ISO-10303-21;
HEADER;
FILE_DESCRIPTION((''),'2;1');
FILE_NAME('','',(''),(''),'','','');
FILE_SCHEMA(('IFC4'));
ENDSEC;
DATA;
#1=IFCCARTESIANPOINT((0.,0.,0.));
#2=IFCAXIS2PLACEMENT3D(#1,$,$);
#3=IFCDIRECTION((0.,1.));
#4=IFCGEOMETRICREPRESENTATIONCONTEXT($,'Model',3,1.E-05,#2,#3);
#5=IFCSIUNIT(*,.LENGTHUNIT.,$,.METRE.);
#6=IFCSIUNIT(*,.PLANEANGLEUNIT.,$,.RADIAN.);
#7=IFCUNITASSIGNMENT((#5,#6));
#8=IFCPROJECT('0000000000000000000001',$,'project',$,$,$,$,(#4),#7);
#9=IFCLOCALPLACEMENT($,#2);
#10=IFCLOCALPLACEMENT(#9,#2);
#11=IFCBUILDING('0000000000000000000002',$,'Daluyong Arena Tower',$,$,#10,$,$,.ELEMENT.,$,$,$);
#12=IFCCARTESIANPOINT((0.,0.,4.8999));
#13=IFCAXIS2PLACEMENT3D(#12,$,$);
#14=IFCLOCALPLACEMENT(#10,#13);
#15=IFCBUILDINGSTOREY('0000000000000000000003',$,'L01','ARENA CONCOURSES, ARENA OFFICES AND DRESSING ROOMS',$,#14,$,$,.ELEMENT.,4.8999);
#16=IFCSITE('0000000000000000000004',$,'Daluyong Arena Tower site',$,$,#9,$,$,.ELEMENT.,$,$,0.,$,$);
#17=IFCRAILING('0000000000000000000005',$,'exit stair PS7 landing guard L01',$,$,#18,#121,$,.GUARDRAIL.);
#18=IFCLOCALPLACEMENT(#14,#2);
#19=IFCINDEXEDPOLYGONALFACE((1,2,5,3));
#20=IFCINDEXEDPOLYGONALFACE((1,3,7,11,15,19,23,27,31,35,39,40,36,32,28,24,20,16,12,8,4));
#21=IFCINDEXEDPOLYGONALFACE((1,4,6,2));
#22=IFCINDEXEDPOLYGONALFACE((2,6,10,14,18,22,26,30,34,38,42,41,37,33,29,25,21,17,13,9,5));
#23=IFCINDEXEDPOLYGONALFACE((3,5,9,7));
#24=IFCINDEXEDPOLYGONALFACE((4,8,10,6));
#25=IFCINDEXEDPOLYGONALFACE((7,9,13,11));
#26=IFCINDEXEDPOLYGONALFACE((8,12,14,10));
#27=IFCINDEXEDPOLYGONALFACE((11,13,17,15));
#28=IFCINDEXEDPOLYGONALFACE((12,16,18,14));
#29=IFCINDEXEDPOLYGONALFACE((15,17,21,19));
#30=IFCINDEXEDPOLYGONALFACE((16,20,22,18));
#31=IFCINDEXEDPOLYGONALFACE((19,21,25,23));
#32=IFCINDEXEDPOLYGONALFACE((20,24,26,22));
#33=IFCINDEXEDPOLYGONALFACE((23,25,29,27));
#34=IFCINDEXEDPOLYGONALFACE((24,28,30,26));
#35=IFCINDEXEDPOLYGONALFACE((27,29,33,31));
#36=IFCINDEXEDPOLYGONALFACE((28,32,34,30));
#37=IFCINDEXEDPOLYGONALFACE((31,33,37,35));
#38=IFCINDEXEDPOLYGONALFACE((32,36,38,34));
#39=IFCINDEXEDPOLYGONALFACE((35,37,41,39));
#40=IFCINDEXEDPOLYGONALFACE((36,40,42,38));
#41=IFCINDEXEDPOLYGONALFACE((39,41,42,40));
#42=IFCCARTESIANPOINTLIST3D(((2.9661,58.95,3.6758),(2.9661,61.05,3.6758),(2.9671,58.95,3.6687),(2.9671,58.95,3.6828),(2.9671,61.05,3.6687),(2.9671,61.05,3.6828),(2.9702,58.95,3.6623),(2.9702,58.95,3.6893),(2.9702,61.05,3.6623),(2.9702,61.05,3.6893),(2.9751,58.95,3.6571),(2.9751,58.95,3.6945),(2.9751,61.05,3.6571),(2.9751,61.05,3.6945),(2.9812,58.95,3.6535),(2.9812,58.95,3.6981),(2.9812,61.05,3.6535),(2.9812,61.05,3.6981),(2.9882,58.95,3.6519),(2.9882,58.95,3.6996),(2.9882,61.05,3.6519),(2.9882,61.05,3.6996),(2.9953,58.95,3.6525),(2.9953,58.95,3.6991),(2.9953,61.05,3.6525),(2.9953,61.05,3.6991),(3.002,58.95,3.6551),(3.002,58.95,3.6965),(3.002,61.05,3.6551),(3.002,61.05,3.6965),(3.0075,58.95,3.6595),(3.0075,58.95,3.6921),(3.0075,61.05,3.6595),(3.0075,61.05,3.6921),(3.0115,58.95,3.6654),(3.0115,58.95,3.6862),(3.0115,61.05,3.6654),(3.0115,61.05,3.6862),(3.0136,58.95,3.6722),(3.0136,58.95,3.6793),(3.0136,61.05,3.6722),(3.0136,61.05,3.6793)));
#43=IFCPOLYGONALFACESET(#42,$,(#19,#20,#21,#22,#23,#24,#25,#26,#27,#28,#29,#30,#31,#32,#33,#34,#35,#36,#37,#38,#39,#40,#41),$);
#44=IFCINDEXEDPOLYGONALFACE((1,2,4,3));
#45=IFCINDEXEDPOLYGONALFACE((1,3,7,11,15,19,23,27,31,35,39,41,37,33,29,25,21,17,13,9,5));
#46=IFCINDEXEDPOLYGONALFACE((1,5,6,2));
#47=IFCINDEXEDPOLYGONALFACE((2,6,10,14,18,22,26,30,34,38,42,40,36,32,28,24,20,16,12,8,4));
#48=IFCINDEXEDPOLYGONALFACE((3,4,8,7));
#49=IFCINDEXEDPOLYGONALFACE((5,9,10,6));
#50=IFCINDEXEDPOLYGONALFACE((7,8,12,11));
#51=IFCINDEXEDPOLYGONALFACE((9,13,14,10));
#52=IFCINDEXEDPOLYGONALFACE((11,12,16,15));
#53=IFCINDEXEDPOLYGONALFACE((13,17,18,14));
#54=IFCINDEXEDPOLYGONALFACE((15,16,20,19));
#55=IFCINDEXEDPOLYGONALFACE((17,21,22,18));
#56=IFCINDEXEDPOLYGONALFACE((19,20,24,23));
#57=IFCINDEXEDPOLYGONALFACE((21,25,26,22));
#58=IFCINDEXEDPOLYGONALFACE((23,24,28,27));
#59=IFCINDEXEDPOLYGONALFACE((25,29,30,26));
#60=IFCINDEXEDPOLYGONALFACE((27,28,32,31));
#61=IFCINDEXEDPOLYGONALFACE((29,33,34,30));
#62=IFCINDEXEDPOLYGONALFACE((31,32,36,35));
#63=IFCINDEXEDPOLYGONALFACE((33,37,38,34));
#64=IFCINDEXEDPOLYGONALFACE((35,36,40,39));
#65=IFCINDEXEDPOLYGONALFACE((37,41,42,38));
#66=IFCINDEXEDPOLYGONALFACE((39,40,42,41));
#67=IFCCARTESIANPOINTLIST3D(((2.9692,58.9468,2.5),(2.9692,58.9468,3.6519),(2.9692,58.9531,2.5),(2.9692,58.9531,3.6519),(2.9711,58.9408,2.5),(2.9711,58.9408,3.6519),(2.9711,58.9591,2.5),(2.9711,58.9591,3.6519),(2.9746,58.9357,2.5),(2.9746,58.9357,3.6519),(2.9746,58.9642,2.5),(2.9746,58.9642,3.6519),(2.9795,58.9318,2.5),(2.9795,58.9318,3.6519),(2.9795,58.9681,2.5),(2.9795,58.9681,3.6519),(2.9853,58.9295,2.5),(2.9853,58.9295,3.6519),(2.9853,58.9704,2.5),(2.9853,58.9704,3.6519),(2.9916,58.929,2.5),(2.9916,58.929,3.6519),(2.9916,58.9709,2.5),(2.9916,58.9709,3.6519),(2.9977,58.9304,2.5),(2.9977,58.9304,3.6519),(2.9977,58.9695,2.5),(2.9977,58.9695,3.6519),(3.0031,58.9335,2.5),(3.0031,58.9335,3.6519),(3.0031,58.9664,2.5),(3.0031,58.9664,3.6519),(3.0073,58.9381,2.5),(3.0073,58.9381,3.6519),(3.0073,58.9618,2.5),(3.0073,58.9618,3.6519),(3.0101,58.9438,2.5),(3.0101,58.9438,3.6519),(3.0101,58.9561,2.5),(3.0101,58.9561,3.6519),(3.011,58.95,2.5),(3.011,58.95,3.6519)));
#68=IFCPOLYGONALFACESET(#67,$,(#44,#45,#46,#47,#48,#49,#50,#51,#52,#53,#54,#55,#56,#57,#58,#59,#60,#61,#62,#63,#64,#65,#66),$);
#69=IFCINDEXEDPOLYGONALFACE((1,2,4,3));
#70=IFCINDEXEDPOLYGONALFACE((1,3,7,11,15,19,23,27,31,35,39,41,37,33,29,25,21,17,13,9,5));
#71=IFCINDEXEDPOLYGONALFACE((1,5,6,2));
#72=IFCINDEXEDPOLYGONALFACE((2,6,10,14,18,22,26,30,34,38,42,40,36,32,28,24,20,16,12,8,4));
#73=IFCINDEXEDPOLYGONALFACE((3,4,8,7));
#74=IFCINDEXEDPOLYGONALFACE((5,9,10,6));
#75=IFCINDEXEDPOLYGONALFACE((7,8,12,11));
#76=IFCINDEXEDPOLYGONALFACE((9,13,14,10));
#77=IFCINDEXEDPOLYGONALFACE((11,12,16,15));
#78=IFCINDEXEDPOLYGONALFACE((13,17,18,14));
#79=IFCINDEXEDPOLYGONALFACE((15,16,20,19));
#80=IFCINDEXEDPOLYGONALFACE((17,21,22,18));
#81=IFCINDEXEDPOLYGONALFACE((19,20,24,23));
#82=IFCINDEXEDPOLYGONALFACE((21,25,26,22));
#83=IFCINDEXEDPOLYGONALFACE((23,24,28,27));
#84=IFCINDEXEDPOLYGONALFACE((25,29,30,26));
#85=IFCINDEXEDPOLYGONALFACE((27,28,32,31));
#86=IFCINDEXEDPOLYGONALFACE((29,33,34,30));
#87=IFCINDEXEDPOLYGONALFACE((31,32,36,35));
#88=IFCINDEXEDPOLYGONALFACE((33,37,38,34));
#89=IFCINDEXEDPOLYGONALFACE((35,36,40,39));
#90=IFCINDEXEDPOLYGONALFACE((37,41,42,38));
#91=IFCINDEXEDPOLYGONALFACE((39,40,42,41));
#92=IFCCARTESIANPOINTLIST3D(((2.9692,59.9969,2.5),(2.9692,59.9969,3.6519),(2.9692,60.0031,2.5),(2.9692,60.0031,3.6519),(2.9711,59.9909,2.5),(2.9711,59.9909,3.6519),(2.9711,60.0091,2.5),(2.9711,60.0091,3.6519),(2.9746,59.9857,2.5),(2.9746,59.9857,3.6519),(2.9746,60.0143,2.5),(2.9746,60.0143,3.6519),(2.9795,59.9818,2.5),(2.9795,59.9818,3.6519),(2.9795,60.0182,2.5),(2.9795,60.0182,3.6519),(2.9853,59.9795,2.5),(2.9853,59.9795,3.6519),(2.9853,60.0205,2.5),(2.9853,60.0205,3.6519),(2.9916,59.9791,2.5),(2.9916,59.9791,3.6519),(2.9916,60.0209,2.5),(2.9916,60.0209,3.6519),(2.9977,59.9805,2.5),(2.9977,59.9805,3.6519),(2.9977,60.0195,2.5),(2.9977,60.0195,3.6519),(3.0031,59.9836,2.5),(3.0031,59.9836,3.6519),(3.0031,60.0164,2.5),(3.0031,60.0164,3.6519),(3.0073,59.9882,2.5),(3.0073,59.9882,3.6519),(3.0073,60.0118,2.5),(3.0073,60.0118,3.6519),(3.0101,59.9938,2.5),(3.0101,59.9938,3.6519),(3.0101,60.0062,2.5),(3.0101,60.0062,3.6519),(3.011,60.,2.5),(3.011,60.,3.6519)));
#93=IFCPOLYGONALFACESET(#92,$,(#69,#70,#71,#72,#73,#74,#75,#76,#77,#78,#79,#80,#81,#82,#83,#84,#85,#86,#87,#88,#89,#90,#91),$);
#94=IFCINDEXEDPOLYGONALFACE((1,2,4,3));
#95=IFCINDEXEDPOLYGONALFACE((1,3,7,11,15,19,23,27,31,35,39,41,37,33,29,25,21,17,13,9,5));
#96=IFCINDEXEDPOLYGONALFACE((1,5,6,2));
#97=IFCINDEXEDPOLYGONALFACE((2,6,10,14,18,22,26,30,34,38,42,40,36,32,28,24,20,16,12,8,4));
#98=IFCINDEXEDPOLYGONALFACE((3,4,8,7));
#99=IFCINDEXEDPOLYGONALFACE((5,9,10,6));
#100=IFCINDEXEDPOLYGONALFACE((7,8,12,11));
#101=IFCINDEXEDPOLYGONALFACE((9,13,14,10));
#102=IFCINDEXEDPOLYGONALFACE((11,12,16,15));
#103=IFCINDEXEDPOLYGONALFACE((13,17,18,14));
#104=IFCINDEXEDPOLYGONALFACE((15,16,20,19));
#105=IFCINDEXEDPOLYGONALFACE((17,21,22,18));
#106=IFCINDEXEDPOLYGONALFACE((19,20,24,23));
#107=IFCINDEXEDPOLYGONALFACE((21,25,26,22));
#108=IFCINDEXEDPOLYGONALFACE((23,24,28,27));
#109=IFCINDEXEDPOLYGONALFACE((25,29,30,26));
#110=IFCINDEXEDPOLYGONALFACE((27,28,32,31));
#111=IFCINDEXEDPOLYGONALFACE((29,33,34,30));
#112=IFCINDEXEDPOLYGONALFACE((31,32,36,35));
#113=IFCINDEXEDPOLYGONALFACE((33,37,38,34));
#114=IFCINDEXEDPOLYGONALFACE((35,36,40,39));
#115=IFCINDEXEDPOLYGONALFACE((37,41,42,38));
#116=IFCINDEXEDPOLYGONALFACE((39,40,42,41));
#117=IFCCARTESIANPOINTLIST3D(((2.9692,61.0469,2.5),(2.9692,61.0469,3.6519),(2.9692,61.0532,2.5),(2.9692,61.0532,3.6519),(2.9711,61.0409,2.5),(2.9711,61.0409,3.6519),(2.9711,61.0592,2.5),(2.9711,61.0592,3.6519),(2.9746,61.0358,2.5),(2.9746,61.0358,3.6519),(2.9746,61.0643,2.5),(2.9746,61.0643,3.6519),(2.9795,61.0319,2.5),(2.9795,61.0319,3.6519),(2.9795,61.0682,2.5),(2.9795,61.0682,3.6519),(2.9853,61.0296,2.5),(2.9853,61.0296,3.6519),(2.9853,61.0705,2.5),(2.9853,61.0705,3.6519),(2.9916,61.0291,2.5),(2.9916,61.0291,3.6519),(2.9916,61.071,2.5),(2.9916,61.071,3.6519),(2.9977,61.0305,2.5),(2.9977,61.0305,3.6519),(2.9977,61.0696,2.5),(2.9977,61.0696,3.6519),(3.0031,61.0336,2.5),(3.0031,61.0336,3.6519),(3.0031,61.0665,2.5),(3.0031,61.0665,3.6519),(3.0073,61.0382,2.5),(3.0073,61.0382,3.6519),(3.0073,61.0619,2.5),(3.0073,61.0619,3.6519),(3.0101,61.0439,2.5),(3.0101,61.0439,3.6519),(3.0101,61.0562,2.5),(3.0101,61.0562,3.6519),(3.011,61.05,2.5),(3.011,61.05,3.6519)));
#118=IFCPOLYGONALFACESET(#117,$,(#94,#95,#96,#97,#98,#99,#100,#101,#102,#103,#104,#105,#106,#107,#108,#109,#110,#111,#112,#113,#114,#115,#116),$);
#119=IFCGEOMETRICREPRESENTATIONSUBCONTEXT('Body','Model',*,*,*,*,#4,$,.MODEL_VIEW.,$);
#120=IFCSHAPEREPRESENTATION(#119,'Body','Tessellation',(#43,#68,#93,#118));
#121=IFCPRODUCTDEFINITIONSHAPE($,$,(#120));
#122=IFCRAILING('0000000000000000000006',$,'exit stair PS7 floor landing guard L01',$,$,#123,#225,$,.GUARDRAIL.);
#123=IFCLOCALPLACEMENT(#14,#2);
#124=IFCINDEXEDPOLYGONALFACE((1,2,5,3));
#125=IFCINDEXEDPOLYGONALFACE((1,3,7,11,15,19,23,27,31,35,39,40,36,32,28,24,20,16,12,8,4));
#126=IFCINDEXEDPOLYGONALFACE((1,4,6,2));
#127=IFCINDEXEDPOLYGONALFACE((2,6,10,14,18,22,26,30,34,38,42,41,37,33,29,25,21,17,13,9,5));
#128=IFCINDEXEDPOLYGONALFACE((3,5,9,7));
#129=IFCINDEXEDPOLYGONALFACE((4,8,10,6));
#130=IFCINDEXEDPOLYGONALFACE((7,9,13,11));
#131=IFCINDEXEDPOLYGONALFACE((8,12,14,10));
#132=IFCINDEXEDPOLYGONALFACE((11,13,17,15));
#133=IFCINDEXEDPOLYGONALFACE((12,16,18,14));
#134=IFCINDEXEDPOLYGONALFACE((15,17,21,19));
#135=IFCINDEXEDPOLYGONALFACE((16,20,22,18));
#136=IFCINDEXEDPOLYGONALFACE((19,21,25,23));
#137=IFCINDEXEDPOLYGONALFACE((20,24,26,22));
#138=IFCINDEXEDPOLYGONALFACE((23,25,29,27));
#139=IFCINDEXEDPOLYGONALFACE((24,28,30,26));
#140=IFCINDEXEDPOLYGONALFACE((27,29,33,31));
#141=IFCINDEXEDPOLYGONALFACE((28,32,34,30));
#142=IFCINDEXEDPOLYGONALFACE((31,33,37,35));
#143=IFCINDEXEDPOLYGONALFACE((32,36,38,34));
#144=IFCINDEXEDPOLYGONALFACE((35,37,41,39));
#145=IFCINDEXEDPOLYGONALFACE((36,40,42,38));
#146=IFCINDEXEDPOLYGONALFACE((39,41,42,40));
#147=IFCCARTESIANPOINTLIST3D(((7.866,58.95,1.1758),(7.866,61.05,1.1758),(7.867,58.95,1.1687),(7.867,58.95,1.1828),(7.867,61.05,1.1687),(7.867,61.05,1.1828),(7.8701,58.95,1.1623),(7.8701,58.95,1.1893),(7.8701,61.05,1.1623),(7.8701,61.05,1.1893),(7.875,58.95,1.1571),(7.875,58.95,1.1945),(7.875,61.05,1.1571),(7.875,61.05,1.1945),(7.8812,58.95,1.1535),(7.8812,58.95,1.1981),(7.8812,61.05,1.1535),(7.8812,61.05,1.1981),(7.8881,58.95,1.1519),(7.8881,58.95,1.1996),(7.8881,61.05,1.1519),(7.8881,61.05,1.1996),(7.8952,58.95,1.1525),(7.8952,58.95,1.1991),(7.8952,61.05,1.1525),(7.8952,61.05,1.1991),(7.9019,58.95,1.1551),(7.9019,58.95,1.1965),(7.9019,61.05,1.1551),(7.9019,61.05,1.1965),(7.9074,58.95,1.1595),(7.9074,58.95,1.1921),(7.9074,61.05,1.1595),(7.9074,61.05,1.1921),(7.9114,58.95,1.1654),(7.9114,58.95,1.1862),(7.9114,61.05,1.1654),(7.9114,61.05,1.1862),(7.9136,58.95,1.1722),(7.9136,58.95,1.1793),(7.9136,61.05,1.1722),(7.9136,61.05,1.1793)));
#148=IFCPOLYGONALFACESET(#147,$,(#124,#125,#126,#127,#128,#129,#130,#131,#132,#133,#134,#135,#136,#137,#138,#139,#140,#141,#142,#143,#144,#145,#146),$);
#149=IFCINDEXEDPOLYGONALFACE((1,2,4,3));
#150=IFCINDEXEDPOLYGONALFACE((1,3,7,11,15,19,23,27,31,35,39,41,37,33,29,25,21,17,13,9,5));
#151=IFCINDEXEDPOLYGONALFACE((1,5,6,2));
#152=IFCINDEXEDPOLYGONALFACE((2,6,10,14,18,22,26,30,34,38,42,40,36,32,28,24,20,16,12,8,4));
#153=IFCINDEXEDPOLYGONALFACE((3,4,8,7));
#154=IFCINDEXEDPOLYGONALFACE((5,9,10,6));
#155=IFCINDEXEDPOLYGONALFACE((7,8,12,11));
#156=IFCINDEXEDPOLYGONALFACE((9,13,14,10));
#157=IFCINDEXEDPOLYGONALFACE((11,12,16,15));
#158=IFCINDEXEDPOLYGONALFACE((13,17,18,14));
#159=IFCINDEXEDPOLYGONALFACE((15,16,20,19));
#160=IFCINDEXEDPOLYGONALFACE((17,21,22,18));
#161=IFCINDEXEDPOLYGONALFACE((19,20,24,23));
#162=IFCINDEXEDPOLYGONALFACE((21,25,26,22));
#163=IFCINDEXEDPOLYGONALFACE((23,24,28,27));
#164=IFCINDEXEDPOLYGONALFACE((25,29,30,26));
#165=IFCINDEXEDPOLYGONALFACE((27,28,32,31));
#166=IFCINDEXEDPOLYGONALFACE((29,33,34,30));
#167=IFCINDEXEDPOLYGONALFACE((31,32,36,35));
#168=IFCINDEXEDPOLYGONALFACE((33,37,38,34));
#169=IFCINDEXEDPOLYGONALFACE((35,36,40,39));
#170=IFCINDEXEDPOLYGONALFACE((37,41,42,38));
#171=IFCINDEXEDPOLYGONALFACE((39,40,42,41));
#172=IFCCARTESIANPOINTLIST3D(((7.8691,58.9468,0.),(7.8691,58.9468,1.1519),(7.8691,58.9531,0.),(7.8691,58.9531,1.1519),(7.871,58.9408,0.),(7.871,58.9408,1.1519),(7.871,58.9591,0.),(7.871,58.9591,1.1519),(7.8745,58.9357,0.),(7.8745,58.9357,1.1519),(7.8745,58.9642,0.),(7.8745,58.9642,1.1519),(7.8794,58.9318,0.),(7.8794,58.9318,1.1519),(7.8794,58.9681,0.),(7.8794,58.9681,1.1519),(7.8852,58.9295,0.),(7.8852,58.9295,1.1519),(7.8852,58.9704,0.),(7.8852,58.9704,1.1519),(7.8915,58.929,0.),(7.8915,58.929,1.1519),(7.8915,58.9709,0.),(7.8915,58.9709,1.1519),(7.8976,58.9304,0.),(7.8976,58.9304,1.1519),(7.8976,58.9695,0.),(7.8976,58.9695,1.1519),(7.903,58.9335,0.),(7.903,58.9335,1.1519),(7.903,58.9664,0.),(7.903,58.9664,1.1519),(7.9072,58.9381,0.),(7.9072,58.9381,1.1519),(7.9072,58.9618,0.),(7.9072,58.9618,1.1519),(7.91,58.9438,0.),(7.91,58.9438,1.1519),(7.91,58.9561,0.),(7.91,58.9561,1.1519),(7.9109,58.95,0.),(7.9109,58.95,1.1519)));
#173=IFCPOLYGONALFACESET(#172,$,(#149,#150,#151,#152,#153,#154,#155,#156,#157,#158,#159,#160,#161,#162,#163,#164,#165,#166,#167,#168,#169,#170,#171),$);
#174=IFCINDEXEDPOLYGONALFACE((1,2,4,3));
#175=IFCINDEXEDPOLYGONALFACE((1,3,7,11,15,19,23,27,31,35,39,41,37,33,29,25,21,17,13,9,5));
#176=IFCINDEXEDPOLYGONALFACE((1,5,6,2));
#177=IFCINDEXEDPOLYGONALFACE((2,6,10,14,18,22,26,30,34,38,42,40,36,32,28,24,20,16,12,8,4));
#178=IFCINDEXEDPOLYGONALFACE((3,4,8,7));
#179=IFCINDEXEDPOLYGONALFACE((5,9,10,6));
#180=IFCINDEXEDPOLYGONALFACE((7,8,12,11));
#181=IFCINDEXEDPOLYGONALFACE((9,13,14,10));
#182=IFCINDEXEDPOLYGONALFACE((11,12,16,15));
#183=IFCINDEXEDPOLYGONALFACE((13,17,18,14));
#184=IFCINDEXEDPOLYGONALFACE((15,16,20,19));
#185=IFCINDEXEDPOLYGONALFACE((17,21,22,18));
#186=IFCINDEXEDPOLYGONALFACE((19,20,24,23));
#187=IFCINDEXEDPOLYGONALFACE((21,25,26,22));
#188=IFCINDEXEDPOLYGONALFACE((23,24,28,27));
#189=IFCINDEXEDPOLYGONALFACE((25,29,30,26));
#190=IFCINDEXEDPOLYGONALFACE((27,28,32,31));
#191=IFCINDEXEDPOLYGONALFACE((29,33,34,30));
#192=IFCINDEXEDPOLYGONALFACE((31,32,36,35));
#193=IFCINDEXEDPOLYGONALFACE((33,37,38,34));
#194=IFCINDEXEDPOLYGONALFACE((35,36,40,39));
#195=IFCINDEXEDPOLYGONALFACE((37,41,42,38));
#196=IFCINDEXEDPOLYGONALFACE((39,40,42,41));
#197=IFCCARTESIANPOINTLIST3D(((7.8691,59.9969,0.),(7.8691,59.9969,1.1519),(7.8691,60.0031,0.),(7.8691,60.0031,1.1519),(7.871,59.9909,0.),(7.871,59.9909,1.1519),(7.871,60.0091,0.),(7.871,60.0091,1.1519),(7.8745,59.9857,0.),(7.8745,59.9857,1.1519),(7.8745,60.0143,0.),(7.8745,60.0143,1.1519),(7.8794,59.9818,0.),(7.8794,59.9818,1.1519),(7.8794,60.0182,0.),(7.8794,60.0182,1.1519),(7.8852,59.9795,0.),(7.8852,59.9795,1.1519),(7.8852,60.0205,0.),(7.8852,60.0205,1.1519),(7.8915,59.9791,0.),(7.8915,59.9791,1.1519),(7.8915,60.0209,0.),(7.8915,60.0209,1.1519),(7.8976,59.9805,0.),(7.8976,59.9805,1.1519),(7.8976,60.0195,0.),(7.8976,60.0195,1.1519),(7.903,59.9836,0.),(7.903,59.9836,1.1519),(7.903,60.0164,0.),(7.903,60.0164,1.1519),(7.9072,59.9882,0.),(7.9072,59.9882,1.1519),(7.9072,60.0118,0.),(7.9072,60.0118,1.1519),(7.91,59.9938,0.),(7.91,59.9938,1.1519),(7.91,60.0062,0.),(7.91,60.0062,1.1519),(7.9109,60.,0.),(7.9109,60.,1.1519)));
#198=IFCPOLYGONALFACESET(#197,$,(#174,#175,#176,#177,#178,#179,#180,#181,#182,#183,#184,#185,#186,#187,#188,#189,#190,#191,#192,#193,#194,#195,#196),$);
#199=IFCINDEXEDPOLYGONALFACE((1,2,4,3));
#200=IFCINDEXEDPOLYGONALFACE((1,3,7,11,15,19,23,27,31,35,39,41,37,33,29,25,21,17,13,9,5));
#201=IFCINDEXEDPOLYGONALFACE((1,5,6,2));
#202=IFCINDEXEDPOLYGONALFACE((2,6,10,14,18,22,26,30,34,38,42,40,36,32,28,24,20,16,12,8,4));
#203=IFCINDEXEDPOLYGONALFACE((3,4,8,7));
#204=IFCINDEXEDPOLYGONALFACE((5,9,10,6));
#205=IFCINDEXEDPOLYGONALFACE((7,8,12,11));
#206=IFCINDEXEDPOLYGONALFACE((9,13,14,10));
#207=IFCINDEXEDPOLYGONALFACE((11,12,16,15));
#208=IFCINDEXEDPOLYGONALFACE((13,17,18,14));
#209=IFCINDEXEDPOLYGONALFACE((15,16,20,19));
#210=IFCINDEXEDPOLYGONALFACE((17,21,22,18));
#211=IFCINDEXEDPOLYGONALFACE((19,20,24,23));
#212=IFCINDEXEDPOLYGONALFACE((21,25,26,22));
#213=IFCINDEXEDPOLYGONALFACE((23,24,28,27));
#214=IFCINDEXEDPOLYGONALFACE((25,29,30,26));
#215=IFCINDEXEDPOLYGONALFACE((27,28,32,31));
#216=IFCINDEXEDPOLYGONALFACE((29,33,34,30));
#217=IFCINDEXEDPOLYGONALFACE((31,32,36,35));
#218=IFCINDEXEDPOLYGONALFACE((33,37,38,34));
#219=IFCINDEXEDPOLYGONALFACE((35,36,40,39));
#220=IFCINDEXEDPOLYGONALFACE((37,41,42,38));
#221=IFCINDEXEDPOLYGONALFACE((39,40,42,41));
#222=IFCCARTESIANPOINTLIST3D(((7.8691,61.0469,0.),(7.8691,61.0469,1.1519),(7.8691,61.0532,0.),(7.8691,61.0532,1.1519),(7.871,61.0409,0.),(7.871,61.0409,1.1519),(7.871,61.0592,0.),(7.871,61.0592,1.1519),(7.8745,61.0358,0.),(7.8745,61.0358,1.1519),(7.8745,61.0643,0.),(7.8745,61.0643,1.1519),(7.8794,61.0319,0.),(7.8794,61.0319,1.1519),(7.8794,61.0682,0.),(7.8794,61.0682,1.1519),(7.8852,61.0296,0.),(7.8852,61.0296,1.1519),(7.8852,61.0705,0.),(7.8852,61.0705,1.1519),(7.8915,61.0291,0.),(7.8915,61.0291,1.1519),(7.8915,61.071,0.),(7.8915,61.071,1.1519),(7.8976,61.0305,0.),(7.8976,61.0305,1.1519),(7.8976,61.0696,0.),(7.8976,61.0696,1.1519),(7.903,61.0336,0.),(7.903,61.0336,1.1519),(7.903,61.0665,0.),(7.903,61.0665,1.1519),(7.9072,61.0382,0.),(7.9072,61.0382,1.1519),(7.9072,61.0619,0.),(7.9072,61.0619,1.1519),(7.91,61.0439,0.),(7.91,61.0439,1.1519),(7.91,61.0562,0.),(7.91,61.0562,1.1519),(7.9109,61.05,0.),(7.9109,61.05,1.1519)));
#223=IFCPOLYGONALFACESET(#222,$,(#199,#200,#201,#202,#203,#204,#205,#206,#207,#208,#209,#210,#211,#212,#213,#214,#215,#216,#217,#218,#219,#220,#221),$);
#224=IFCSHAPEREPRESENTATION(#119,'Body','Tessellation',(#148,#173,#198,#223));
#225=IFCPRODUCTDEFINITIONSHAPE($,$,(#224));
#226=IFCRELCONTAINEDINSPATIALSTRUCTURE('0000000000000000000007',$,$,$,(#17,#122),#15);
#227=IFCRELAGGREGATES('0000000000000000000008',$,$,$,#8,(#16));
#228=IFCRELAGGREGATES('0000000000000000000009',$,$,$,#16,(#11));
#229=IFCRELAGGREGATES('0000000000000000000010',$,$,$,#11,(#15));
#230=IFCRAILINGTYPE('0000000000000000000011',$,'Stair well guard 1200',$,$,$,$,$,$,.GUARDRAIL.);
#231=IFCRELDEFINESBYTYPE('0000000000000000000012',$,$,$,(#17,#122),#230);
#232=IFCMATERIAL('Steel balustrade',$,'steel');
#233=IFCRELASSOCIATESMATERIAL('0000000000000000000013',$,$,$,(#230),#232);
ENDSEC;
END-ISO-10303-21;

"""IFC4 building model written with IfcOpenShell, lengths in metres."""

from ifc_helpers import new_model, si_unit, direction, frame, origin, origin_2d, place, context, subcontext, project, spatial, circle, extrude, material, type_object, element, save


model = new_model("IFC4")

# Units and contexts
model_context = context("Model", 3, precision=1e-05, world=origin(), true_north=direction((0.0, 1.0)))
body_context = subcontext(model_context, "Body", "Model", "MODEL_VIEW")
ifc_project = project(units=[si_unit("LENGTHUNIT", "METRE"), si_unit("PLANEANGLEUNIT", "RADIAN")], contexts=[model_context])

# Site, building, storey
site_placement = place(None, origin())
site = spatial("IfcSite", under=ifc_project, at=site_placement, Name="Daluyong Arena Tower site", CompositionType="ELEMENT", RefElevation=0.0)
building_placement = place(site_placement, origin())
building = spatial("IfcBuilding", under=site, at=building_placement, Name="Daluyong Arena Tower", CompositionType="ELEMENT")
storey_placement = place(building_placement, frame((0.0, 0.0, 4.8999)))
storey = spatial("IfcBuildingStorey", under=building, at=storey_placement, Name="L01", Description="ARENA CONCOURSES, ARENA OFFICES AND DRESSING ROOMS", CompositionType="ELEMENT", Elevation=4.8999)

# Railings
ifc_material_1 = material(Name="Steel balustrade", Category="steel")
railing_type_1 = type_object("IfcRailingType", Name="Stair well guard 1200", PredefinedType="GUARDRAIL", material=ifc_material_1)
for number, where, name in (
    (1, (2.99, 58.95, 2.5), "exit stair PS7 landing guard L01"),
    (2, (7.8899, 58.95, 0.0), "exit stair PS7 floor landing guard L01"),
):
    element("IfcRailing", number, at=place(storey_placement, frame(where)), inside=storey, type_object=railing_type_1, Name=name, PredefinedType="GUARDRAIL", context=body_context, shape_type="SweptSolid", body=[
        extrude(circle(Radius=0.0239, at=origin_2d()), frame((0.0, 0.0, 1.1758), z_axis=(0.0, 1.0, 0.0), x_axis=(-1.0, 0.0, 0.0)), (0.0, 0.0, 1.0), 2.1001),
        extrude(circle(Radius=0.021, at=origin_2d()), origin(), (0.0, 0.0, 1.0), 1.1519),
        extrude(circle(Radius=0.021, at=origin_2d()), frame((0.0, 1.05, 0.0)), (0.0, 0.0, 1.0), 1.1519),
        extrude(circle(Radius=0.021, at=origin_2d()), frame((0.0, 2.1001, 0.0)), (0.0, 0.0, 1.0), 1.1519),
    ])

save(model, "model.ifc")
